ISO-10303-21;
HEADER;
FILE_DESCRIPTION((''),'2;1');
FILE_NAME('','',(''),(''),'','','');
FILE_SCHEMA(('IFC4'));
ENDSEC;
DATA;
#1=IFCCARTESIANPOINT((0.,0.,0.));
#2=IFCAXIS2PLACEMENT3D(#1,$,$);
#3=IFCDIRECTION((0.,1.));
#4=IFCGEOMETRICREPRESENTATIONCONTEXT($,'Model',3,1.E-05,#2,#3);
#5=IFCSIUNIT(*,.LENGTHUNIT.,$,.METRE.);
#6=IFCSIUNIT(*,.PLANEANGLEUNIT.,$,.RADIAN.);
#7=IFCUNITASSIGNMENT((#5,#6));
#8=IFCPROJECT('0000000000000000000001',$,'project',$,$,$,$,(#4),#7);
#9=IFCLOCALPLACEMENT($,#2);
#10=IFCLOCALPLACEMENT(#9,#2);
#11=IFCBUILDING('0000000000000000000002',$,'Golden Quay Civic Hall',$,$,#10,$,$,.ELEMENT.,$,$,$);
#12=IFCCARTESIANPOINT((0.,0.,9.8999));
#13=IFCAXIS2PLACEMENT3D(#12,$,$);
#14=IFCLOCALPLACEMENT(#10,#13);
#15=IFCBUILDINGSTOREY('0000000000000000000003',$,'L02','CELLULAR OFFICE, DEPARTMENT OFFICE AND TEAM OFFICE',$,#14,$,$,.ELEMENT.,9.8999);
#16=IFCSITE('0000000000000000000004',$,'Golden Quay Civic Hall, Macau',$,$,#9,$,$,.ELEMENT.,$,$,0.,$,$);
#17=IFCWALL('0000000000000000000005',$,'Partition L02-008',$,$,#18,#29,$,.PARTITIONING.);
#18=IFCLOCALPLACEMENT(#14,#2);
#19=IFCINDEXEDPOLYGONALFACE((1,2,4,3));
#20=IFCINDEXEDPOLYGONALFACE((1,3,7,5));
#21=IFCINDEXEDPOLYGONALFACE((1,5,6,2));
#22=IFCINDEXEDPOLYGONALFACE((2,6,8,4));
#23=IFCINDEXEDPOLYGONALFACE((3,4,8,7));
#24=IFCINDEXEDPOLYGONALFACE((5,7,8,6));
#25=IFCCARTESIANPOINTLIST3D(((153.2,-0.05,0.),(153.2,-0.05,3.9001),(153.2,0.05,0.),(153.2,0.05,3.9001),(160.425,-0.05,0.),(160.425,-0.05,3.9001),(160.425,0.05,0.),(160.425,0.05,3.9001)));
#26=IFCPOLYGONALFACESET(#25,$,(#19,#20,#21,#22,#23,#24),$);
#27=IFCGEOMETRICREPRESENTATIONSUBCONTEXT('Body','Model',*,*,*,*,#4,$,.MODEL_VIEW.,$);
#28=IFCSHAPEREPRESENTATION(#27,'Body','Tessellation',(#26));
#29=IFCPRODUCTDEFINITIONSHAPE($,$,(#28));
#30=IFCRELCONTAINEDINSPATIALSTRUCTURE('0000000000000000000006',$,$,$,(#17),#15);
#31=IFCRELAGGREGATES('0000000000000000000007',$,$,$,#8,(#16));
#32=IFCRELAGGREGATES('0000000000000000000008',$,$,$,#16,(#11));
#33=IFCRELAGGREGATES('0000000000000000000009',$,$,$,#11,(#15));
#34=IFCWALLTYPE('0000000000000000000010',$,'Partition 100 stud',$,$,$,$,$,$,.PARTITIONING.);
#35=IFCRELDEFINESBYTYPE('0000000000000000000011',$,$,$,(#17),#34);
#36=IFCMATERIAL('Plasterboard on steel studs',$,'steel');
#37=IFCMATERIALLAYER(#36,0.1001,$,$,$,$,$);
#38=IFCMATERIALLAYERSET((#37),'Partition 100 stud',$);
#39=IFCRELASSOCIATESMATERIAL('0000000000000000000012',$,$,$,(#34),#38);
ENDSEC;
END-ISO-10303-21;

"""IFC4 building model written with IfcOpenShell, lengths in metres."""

from ifc_helpers import new_model, si_unit, direction, frame, frame_2d, origin, place, context, subcontext, project, spatial, rectangle, extrude, material, layer, layer_set, type_object, element, save


model = new_model("IFC4")

# Units and contexts
model_context = context("Model", 3, precision=1e-05, world=origin(), true_north=direction((0.0, 1.0)))
body_context = subcontext(model_context, "Body", "Model", "MODEL_VIEW")
ifc_project = project(units=[si_unit("LENGTHUNIT", "METRE"), si_unit("PLANEANGLEUNIT", "RADIAN")], contexts=[model_context])

# Site, building, storey
site_placement = place(None, origin())
site = spatial("IfcSite", under=ifc_project, at=site_placement, Name="Golden Quay Civic Hall, Macau", CompositionType="ELEMENT", RefElevation=0.0)
building_placement = place(site_placement, origin())
building = spatial("IfcBuilding", under=site, at=building_placement, Name="Golden Quay Civic Hall", CompositionType="ELEMENT")
storey_placement = place(building_placement, frame((0.0, 0.0, 9.8999)))
storey = spatial("IfcBuildingStorey", under=building, at=storey_placement, Name="L02", Description="CELLULAR OFFICE, DEPARTMENT OFFICE AND TEAM OFFICE", CompositionType="ELEMENT", Elevation=9.8999)

# Wall
ifc_material_1 = material(Name="Plasterboard on steel studs", Category="steel")
ifc_layer_1 = layer(ifc_material_1, 0.1001)
ifc_layer_set_1 = layer_set([ifc_layer_1], Name="Partition 100 stud")
wall_type_1 = type_object("IfcWallType", Name="Partition 100 stud", PredefinedType="PARTITIONING", material=ifc_layer_set_1)
wall_1_placement = place(storey_placement, frame((153.2, 0.0, 0.0), z_axis=(0.0, 0.0, 1.0), x_axis=(1.0, 0.0, 0.0)))
element("IfcWall", 1, at=wall_1_placement, inside=storey, type_object=wall_type_1, Name="Partition L02-008", PredefinedType="PARTITIONING", context=body_context, shape_type="SweptSolid", body=[
    extrude(rectangle(XDim=7.2251, YDim=0.1001, at=frame_2d((3.6125, 0.0))), origin(), (0.0, 0.0, 1.0), 3.9001),
])

save(model, "model.ifc")
